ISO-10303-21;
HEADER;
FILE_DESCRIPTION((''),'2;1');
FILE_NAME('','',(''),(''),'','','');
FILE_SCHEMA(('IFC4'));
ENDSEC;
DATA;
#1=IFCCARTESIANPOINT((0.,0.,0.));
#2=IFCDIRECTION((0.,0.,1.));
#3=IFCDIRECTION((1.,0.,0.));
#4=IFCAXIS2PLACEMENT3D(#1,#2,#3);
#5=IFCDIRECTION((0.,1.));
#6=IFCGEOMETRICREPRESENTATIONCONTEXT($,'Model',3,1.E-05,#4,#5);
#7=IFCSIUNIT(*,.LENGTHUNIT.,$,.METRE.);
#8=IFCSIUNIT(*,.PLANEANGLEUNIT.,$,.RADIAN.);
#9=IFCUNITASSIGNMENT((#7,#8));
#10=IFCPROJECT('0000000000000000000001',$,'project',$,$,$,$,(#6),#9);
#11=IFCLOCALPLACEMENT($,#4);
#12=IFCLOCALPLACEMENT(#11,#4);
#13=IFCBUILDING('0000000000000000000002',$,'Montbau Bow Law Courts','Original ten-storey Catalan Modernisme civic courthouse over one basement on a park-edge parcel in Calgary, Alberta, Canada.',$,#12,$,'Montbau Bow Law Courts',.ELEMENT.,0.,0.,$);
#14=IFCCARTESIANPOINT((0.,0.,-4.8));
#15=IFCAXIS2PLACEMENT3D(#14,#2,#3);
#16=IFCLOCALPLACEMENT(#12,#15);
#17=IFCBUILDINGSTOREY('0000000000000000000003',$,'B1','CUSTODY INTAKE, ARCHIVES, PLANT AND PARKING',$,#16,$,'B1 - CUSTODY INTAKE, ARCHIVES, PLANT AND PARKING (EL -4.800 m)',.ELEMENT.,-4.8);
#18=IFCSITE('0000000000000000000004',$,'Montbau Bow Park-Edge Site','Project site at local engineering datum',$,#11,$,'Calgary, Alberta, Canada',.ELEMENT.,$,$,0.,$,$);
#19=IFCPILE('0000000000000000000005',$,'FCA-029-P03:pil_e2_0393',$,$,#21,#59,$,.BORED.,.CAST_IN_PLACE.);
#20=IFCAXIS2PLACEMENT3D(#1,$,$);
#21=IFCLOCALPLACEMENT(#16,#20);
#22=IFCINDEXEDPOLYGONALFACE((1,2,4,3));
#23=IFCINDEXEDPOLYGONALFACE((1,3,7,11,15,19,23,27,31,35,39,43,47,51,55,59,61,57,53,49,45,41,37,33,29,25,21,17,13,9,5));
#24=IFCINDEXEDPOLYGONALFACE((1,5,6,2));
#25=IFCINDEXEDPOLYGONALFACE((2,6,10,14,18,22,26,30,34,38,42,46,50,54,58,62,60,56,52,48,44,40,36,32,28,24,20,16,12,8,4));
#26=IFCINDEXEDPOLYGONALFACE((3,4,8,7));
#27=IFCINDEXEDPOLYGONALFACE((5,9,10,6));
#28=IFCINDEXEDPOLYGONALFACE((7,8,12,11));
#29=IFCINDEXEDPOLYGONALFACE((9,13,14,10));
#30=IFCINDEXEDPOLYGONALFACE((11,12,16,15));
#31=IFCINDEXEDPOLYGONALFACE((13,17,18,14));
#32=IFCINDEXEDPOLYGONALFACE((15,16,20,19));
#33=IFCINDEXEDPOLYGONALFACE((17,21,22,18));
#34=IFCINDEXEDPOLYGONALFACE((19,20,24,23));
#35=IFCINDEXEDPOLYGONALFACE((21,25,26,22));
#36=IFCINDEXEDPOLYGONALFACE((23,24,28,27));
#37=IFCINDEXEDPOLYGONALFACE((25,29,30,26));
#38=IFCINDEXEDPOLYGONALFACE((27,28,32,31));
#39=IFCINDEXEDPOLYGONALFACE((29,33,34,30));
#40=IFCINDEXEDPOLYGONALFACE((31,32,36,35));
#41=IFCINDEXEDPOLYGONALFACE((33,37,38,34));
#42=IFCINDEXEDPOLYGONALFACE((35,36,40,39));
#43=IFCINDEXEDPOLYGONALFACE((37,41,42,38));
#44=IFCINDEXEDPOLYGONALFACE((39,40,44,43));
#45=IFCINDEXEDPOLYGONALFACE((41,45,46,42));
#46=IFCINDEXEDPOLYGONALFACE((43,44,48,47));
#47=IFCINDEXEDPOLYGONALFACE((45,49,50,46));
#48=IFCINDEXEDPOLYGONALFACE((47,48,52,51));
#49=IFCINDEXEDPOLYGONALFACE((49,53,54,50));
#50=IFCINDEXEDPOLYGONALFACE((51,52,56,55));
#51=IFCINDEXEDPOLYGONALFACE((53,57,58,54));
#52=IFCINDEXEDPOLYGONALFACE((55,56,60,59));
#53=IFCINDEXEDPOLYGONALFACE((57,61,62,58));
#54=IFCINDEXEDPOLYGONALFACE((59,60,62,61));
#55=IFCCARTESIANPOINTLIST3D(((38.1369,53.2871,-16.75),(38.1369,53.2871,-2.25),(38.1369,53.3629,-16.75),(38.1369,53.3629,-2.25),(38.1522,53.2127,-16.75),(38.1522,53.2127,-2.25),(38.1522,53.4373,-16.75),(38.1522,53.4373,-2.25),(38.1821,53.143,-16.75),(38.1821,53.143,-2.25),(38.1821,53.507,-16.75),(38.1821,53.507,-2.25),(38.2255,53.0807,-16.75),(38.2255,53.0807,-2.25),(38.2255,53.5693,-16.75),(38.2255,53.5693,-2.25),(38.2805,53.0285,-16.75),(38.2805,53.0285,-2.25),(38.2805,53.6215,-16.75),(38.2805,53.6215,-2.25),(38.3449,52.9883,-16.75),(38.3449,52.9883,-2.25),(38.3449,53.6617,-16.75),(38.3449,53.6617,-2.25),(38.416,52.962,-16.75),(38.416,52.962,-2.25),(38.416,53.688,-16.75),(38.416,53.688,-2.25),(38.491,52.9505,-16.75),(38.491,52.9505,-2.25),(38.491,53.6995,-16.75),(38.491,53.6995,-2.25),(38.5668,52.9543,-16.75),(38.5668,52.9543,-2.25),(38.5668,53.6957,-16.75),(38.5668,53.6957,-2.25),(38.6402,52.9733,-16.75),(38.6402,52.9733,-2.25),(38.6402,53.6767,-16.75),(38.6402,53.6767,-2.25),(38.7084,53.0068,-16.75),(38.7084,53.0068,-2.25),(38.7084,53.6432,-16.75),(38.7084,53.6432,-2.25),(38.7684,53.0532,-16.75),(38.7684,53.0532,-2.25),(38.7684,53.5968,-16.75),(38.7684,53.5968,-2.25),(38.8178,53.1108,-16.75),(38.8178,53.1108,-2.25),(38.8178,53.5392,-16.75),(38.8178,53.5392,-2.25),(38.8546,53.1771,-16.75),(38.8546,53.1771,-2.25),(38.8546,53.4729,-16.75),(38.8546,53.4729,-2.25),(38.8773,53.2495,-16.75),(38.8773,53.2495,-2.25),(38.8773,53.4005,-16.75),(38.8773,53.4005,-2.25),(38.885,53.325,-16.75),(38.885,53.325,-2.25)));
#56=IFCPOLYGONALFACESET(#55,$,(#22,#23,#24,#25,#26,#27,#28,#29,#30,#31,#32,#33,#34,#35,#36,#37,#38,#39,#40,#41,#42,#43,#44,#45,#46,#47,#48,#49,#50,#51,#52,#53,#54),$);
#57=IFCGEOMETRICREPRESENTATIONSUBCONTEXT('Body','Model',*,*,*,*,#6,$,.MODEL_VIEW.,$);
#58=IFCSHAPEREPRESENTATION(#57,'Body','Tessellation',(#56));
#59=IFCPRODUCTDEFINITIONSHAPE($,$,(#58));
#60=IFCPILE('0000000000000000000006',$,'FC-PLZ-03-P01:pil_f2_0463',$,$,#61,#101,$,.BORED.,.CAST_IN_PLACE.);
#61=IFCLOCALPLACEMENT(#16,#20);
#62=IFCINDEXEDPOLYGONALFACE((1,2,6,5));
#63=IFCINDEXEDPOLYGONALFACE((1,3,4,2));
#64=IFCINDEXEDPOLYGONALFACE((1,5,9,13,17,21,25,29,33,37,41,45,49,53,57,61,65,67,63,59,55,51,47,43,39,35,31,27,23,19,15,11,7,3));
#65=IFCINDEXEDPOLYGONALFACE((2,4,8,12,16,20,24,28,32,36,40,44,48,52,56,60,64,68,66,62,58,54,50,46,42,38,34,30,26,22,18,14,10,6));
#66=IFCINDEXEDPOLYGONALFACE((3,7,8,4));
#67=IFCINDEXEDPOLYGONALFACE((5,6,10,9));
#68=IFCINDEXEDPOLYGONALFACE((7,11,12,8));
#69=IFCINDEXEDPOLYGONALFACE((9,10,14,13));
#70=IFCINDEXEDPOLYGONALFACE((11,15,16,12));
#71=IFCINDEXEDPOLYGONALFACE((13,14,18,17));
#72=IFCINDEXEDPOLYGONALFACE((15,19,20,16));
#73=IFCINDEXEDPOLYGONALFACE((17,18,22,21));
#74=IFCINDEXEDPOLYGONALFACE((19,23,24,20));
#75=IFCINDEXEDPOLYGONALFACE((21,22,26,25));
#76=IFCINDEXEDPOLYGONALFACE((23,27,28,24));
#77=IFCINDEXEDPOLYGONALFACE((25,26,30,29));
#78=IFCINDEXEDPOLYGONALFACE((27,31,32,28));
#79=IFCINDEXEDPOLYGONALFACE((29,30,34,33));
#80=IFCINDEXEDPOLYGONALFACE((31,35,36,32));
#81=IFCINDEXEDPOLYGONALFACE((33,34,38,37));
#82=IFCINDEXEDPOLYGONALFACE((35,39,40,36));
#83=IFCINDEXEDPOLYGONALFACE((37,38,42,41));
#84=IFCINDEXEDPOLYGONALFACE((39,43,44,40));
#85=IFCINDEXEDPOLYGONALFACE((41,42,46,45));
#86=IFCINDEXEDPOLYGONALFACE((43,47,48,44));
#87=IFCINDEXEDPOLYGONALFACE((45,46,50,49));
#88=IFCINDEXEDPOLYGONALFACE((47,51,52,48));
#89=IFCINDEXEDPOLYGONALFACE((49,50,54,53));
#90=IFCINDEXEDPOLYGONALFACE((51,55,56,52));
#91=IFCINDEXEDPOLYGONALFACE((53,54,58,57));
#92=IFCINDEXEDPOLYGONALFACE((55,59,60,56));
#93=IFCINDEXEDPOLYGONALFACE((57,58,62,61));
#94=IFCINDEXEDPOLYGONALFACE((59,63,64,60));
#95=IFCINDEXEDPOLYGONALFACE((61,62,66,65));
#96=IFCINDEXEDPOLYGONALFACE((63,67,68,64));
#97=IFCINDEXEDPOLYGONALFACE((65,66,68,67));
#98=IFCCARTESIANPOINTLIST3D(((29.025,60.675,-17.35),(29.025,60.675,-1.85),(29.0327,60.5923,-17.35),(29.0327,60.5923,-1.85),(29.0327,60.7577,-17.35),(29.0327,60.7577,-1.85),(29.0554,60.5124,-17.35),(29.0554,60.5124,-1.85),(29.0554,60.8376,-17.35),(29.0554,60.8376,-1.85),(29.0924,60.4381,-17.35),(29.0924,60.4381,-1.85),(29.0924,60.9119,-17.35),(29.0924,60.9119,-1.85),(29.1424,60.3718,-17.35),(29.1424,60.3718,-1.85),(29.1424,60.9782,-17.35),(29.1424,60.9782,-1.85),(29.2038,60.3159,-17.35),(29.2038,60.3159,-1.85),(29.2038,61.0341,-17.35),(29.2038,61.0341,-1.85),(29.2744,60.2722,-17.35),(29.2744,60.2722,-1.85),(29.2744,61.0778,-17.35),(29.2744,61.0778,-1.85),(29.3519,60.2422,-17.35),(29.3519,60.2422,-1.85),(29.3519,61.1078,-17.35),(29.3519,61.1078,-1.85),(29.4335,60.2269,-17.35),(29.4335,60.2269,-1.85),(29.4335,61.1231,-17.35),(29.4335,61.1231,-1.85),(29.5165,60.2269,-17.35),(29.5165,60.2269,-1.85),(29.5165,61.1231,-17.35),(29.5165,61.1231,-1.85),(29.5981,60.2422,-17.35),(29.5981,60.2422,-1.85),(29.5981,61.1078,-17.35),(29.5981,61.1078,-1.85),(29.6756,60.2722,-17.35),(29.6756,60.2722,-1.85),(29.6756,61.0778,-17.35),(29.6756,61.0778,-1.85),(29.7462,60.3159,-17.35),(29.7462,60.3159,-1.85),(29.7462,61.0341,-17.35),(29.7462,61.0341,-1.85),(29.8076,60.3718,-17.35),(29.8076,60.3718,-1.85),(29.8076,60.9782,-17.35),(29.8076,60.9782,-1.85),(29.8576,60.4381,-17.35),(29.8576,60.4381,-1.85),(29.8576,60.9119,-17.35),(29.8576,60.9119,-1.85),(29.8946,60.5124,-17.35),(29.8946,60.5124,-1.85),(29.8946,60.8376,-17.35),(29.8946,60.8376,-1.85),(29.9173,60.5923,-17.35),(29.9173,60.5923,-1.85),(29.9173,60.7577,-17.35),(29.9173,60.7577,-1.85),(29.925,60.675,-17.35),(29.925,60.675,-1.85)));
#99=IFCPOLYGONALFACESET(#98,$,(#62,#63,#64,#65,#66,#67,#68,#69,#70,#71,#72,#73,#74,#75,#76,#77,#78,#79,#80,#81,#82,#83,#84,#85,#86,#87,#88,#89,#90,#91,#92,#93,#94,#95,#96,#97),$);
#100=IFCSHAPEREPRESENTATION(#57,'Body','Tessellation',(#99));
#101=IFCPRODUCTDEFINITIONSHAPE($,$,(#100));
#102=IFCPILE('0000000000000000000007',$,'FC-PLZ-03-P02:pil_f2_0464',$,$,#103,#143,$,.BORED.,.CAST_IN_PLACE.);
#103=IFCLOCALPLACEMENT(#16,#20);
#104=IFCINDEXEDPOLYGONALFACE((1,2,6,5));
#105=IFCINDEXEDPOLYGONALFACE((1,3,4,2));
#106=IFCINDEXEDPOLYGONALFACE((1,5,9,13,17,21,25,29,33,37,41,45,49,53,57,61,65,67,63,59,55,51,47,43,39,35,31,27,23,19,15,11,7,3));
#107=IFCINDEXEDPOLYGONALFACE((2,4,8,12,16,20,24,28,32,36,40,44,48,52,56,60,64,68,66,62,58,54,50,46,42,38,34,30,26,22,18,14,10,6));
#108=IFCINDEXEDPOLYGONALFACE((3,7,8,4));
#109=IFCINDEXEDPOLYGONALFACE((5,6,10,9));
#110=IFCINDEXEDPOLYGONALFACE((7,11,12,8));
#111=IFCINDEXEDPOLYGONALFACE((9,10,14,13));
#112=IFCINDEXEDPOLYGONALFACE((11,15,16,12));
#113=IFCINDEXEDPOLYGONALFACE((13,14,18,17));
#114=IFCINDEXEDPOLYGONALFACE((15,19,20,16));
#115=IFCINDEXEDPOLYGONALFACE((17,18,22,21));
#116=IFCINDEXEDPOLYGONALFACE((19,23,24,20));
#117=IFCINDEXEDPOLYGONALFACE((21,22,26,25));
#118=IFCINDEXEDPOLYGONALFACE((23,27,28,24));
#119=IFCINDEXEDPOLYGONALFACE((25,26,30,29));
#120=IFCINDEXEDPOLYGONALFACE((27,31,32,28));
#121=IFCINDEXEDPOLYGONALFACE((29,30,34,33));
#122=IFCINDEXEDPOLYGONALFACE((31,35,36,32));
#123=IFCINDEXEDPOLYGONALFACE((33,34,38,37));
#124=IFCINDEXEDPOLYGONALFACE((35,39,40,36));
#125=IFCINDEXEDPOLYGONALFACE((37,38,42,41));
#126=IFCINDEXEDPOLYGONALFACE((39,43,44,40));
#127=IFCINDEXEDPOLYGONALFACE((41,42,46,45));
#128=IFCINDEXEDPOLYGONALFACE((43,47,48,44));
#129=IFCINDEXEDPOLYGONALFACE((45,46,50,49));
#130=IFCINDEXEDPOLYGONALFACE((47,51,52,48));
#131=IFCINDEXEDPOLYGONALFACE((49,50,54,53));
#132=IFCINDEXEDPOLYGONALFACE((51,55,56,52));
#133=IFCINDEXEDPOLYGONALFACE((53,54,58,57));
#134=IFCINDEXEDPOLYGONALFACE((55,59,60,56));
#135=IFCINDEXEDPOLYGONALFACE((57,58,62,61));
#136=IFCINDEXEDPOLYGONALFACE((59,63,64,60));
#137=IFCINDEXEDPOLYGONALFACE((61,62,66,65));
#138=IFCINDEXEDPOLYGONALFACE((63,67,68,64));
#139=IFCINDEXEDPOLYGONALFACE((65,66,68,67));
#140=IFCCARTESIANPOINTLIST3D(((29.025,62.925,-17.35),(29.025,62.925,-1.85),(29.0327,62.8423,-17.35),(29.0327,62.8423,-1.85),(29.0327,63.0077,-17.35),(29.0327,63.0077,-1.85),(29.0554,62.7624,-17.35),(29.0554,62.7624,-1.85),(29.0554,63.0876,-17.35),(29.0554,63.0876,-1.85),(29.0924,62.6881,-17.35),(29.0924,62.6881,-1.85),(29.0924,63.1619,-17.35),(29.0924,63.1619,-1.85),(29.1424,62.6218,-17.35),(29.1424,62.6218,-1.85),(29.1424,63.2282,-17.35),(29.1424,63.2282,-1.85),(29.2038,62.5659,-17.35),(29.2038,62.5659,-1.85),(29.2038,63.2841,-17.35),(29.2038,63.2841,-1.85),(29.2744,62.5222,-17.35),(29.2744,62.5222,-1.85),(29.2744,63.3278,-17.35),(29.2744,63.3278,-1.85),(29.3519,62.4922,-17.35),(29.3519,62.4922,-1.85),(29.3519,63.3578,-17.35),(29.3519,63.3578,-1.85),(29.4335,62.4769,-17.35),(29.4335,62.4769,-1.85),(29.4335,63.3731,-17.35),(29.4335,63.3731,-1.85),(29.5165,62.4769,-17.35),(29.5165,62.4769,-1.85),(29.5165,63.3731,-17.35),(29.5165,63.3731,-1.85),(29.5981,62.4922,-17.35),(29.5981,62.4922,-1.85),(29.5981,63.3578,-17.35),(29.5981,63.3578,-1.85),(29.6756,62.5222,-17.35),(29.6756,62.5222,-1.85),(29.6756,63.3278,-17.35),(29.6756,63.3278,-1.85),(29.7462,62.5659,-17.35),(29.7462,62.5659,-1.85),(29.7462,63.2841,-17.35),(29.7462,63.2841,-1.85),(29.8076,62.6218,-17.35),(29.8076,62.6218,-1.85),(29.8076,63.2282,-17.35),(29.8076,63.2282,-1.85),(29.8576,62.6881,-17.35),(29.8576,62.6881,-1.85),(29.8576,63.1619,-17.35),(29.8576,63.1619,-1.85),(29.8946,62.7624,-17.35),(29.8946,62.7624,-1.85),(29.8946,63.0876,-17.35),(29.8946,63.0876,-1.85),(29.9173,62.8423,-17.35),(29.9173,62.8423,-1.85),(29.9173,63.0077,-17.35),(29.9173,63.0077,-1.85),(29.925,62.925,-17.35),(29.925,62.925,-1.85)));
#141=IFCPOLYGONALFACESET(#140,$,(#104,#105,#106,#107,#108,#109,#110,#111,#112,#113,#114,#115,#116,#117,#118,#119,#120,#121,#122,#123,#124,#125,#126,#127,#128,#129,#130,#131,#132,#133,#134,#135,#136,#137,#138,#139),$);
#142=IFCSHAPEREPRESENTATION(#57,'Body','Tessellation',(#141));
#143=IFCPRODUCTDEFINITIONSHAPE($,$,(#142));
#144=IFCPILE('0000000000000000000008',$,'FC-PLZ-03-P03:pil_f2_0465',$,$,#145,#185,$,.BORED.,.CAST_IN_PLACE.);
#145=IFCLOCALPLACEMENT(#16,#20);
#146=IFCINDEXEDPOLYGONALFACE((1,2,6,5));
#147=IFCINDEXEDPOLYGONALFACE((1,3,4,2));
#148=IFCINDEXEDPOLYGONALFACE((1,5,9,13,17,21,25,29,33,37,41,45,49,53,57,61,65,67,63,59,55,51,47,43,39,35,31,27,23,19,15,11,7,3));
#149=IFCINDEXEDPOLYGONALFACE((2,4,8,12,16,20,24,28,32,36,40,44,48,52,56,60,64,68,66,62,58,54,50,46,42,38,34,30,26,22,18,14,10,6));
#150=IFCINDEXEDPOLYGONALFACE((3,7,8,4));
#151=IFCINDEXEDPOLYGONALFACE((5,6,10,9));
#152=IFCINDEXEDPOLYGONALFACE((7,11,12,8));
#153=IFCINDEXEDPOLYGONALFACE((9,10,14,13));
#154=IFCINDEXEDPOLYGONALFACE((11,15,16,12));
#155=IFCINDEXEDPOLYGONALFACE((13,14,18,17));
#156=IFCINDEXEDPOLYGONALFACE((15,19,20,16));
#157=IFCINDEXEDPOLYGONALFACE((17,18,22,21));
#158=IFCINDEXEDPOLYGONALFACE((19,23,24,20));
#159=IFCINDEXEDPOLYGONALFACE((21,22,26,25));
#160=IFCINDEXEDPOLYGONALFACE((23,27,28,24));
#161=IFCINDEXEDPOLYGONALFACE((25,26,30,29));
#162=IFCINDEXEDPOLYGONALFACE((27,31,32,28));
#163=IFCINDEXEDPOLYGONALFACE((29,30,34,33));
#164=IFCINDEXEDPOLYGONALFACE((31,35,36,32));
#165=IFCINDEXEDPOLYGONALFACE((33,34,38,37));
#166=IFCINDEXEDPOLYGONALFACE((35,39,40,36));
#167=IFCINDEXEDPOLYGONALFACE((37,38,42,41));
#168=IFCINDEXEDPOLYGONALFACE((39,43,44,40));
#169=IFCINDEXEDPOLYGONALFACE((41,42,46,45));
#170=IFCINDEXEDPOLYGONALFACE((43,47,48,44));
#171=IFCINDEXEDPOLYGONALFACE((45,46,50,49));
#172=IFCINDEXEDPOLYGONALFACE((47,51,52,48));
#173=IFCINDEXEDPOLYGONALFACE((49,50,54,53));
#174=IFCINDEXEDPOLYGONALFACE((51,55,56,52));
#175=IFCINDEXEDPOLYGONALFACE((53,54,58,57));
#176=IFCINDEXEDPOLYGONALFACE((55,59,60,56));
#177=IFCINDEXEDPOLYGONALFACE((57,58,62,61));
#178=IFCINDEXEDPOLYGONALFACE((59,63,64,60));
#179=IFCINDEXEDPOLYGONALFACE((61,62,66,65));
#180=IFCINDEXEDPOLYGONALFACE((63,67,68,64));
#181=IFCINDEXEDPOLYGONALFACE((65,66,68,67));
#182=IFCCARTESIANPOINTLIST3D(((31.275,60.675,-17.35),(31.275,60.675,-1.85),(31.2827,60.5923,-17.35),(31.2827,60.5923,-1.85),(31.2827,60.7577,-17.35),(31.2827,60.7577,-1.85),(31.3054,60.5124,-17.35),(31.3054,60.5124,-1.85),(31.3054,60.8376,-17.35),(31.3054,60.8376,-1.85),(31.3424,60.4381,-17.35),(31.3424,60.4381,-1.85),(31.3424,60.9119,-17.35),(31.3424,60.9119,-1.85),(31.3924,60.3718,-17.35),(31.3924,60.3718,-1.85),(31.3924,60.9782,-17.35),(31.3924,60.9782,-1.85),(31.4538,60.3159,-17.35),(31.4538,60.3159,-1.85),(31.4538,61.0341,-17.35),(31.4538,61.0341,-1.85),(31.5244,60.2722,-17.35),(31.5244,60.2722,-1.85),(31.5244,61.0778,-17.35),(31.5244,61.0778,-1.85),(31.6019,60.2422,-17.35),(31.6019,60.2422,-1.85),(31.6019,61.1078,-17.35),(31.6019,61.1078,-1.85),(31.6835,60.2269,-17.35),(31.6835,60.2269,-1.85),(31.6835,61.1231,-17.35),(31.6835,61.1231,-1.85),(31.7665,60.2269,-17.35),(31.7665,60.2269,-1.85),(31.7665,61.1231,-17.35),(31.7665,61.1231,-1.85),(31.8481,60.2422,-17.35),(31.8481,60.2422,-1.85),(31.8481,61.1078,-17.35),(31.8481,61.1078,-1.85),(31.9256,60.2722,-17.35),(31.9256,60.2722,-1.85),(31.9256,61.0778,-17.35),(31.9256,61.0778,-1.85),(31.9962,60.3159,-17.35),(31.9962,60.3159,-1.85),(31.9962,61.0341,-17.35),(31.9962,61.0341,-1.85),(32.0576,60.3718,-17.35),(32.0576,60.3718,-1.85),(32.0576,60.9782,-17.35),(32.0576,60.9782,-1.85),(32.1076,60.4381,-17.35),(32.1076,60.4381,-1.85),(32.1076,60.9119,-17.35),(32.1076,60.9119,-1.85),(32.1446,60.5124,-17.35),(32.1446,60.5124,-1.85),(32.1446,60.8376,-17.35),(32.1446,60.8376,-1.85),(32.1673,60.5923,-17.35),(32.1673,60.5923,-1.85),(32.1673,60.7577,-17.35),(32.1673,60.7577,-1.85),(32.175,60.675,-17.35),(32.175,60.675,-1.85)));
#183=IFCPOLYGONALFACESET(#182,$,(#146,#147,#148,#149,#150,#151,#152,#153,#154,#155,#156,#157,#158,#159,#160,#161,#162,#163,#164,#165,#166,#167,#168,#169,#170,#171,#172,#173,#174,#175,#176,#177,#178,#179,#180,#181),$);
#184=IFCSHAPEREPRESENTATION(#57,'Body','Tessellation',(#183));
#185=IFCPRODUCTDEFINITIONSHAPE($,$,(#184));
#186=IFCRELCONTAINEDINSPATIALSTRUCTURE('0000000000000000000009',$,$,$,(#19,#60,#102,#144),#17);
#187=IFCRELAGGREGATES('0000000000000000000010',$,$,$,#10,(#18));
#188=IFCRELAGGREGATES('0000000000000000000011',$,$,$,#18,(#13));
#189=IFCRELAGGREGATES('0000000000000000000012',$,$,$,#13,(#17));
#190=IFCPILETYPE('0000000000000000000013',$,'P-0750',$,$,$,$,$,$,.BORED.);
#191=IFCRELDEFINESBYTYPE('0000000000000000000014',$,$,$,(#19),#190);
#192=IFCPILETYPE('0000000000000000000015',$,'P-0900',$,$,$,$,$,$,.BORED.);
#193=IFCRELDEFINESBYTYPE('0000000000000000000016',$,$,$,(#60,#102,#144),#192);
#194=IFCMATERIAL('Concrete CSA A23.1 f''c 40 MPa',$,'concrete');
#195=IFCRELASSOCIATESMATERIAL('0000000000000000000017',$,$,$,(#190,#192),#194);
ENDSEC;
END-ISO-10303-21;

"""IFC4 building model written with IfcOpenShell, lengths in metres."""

from ifc_helpers import new_model, si_unit, direction, frame, origin_with_axes, origin_2d_with_axis, place, context, subcontext, project, spatial, circle, extrude, material, material_profile, profile_set, type_object, element, save


model = new_model("IFC4")

# Units and contexts
model_context = context("Model", 3, precision=1e-05, world=origin_with_axes(), true_north=direction((0.0, 1.0)))
body_context = subcontext(model_context, "Body", "Model", "MODEL_VIEW")
ifc_project = project(units=[si_unit("LENGTHUNIT", "METRE"), si_unit("PLANEANGLEUNIT", "RADIAN")], contexts=[model_context])

# Site, building, storey
site_placement = place(None, origin_with_axes())
site = spatial("IfcSite", under=ifc_project, at=site_placement, Name="Montbau Bow Park-Edge Site", Description="Project site at local engineering datum", LongName="Calgary, Alberta, Canada", CompositionType="ELEMENT", RefElevation=0.0)
building_placement = place(site_placement, origin_with_axes())
building = spatial("IfcBuilding", under=site, at=building_placement, Name="Montbau Bow Law Courts", Description="Original ten-storey Catalan Modernisme civic courthouse over one basement on a park-edge parcel in Calgary, Alberta, Canada.", LongName="Montbau Bow Law Courts", CompositionType="ELEMENT", ElevationOfRefHeight=0.0, ElevationOfTerrain=0.0)
storey_placement = place(building_placement, frame((0.0, 0.0, -4.8), z_axis=(0.0, 0.0, 1.0), x_axis=(1.0, 0.0, 0.0)))
storey = spatial("IfcBuildingStorey", under=building, at=storey_placement, Name="B1", Description="CUSTODY INTAKE, ARCHIVES, PLANT AND PARKING", LongName="B1 - CUSTODY INTAKE, ARCHIVES, PLANT AND PARKING (EL -4.800 m)", CompositionType="ELEMENT", Elevation=-4.8)

# Piles
ifc_material_1 = material(Name="Concrete CSA A23.1 f'c 40 MPa", Category="concrete")
ifc_material_profile_1 = material_profile(ifc_material_1, circle(Radius=0.375, at=origin_2d_with_axis()), Name="BP750", Category="Main", Priority=0)
ifc_profile_set_1 = profile_set([ifc_material_profile_1], Name="Concrete CSA A23.1 f'c 40 MPa")
pile_type_1 = type_object("IfcPileType", Name="P-0750", PredefinedType="BORED", material=ifc_profile_set_1)
for number, where, z_axis, x_axis, name in (
    (1, (38.51, 53.325, -21.55), (0.0, 0.0, 1.0), (1.0, 0.0, 0.0), "FCA-029-P03:pil_e2_0393"),
):
    element("IfcPile", number, at=place(None, frame(where, z_axis=z_axis, x_axis=x_axis)), inside=storey, type_object=pile_type_1, Name=name, ConstructionType="CAST_IN_PLACE", PredefinedType="BORED", context=body_context, shape_type="SweptSolid", body=[
        extrude(circle(Radius=0.375, at=origin_2d_with_axis()), origin_with_axes(), (0.0, 0.0, 1.0), 14.5),
    ])
ifc_material_profile_2 = material_profile(ifc_material_1, circle(Radius=0.45, at=origin_2d_with_axis()), Name="BP900", Category="Main", Priority=0)
ifc_profile_set_2 = profile_set([ifc_material_profile_2], Name="Concrete CSA A23.1 f'c 40 MPa")
pile_type_2 = type_object("IfcPileType", Name="P-0900", PredefinedType="BORED", material=ifc_profile_set_2)
for number, where, z_axis, x_axis, name in (
    (2, (29.475, 60.675, -22.15), (0.0, 0.0, 1.0), (1.0, 0.0, 0.0), "FC-PLZ-03-P01:pil_f2_0463"),
    (3, (29.475, 62.925, -22.15), (0.0, 0.0, 1.0), (1.0, 0.0, 0.0), "FC-PLZ-03-P02:pil_f2_0464"),
    (4, (31.725, 60.675, -22.15), (0.0, 0.0, 1.0), (1.0, 0.0, 0.0), "FC-PLZ-03-P03:pil_f2_0465"),
):
    element("IfcPile", number, at=place(None, frame(where, z_axis=z_axis, x_axis=x_axis)), inside=storey, type_object=pile_type_2, Name=name, ConstructionType="CAST_IN_PLACE", PredefinedType="BORED", context=body_context, shape_type="SweptSolid", body=[
        extrude(circle(Radius=0.45, at=origin_2d_with_axis()), origin_with_axes(), (0.0, 0.0, 1.0), 15.5),
    ])

save(model, "model.ifc")
